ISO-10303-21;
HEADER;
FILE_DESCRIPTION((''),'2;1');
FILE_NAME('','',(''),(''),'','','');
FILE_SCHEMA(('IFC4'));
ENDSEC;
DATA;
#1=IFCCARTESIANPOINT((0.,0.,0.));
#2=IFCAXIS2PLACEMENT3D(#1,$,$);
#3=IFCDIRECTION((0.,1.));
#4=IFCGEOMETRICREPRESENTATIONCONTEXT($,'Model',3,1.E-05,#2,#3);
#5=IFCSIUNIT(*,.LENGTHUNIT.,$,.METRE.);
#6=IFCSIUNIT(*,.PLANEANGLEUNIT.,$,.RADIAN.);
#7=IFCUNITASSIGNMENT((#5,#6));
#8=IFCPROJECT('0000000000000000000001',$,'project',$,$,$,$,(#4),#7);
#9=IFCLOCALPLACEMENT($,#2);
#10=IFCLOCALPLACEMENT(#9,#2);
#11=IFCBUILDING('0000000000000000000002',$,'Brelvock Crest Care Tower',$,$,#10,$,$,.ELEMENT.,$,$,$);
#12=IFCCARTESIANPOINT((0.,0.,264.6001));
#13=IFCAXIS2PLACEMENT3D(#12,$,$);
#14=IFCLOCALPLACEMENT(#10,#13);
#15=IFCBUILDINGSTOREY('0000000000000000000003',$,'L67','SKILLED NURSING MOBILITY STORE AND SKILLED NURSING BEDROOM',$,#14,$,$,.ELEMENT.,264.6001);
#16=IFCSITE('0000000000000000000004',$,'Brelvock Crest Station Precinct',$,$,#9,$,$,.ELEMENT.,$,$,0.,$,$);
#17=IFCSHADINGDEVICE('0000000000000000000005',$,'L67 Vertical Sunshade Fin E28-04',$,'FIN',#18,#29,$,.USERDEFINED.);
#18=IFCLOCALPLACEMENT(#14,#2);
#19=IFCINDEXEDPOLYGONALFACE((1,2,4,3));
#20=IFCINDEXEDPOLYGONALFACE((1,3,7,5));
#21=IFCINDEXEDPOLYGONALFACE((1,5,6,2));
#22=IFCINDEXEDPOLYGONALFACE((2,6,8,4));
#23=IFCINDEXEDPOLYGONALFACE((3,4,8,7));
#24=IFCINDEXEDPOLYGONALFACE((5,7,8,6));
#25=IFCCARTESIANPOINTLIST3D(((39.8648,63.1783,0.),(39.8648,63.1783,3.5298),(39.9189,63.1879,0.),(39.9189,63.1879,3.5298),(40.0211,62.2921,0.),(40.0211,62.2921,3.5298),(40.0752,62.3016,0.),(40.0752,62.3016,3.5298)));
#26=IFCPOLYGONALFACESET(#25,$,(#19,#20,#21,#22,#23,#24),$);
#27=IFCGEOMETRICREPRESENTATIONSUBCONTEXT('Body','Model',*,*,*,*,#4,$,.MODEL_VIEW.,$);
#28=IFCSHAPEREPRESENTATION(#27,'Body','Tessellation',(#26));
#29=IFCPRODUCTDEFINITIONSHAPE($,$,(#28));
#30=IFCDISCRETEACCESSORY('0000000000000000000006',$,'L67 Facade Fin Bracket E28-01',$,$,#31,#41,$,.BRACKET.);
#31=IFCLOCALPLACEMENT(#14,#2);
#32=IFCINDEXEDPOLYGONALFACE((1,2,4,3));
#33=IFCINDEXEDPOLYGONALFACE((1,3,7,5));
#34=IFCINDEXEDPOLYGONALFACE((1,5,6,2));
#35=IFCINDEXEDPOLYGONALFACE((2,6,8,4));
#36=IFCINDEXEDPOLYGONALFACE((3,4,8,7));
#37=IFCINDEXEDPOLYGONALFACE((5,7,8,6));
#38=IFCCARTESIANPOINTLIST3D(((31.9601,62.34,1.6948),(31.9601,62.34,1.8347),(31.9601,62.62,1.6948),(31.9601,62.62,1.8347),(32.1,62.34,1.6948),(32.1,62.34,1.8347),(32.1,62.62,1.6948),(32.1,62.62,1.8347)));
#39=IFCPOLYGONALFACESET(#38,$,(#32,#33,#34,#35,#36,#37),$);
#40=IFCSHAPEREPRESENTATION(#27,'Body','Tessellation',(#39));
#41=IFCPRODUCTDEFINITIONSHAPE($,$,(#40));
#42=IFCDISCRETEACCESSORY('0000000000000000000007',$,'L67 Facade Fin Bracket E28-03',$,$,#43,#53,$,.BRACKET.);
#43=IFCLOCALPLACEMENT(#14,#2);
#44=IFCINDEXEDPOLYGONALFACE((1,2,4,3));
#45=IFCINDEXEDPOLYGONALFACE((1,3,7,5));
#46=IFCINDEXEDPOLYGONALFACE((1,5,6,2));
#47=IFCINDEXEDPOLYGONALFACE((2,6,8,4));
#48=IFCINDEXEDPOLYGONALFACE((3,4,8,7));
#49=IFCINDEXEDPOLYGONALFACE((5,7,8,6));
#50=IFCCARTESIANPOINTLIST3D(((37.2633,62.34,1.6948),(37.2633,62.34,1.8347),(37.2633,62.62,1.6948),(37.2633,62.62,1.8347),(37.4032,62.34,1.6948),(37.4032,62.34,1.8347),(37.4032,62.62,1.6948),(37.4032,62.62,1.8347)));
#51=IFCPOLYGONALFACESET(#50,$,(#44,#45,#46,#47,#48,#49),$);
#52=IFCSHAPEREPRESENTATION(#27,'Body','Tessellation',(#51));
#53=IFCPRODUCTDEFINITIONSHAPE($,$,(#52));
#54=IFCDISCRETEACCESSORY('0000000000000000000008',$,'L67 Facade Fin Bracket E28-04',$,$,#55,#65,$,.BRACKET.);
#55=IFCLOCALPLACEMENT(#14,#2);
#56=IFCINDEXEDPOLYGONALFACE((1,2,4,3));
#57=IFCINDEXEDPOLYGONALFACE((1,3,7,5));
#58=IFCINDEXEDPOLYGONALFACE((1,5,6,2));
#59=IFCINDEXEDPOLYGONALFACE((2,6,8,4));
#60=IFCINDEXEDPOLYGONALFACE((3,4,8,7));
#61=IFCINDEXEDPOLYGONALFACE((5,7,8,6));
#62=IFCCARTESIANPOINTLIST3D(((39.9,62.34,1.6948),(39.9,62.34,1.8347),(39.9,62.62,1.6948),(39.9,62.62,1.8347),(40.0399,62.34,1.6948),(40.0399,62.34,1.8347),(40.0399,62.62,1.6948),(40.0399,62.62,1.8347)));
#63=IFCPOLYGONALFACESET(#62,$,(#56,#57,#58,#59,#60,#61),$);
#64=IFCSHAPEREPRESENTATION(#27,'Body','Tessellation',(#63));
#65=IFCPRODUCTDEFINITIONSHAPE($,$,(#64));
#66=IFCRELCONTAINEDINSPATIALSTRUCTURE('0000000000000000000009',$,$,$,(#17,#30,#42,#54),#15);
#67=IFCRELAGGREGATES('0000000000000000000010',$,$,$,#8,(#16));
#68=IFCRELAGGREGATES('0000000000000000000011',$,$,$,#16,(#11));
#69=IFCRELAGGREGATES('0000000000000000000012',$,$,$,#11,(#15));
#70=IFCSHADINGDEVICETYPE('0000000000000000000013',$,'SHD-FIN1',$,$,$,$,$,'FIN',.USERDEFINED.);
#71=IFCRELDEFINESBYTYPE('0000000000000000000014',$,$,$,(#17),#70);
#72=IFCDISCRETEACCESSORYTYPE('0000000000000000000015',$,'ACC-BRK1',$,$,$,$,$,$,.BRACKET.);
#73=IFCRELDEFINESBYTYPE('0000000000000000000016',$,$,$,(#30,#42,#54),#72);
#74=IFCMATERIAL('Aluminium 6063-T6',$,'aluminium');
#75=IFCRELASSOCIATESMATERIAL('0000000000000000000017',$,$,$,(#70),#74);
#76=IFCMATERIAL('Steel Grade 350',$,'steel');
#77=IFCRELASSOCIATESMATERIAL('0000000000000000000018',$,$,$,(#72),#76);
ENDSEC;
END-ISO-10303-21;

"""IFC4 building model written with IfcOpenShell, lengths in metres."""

from ifc_helpers import new_model, si_unit, direction, frame, origin, origin_2d, place, context, subcontext, project, spatial, rectangle, extrude, source, transform, mapped, material, material_profile, profile_set, type_object, element, save


model = new_model("IFC4")

# Units and contexts
model_context = context("Model", 3, precision=1e-05, world=origin(), true_north=direction((0.0, 1.0)))
body_context = subcontext(model_context, "Body", "Model", "MODEL_VIEW")
ifc_project = project(units=[si_unit("LENGTHUNIT", "METRE"), si_unit("PLANEANGLEUNIT", "RADIAN")], contexts=[model_context])

# Site, building, storey
site_placement = place(None, origin())
site = spatial("IfcSite", under=ifc_project, at=site_placement, Name="Brelvock Crest Station Precinct", CompositionType="ELEMENT", RefElevation=0.0)
building_placement = place(site_placement, origin())
building = spatial("IfcBuilding", under=site, at=building_placement, Name="Brelvock Crest Care Tower", CompositionType="ELEMENT")
storey_placement = place(building_placement, frame((0.0, 0.0, 264.6001)))
storey = spatial("IfcBuildingStorey", under=building, at=storey_placement, Name="L67", Description="SKILLED NURSING MOBILITY STORE AND SKILLED NURSING BEDROOM", CompositionType="ELEMENT", Elevation=264.6001)

# Shared definitions
ifc_material_1 = material(Name="Steel Grade 350", Category="steel")

# Shared definitions
ifc_material_2 = material(Name="Aluminium 6063-T6", Category="aluminium")

# Shading device
ifc_material_profile_1 = material_profile(ifc_material_2, rectangle(XDim=0.0549, YDim=0.8999, at=origin_2d()), Name="FIN55x900")
ifc_profile_set_1 = profile_set([ifc_material_profile_1], Name="Aluminium 6063-T6")
shading_device_type = type_object("IfcShadingDeviceType", Name="SHD-FIN1", ElementType="FIN", PredefinedType="USERDEFINED", material=ifc_profile_set_1)
shared_shape_1 = source(origin(), body_context, "Body", "SweptSolid", [
    extrude(rectangle(XDim=0.0549, YDim=0.8999, at=origin_2d()), origin(), (0.0, 0.0, 1.0), 3.5298),
])
for number, where, z_axis, x_axis, name in (
    (1, (39.97, 62.74, 0.0), (0.0, 0.0, 1.0), (0.984808, 0.173648, 0.0), "L67 Vertical Sunshade Fin E28-04"),
):
    element("IfcShadingDevice", number, at=place(storey_placement, frame(where, z_axis=z_axis, x_axis=x_axis)), inside=storey, type_object=shading_device_type, Name=name, ObjectType="FIN", PredefinedType="USERDEFINED", context=body_context, shape_type="MappedRepresentation", body=[
        mapped(shared_shape_1, transform((0.0, 0.0, 0.0), x_axis=(1.0, 0.0, 0.0), y_axis=(0.0, 1.0, 0.0), z_axis=(0.0, 0.0, 1.0), scale=1.0)),
    ])

# Discrete accessories
discrete_accessory_type = type_object("IfcDiscreteAccessoryType", Name="ACC-BRK1", PredefinedType="BRACKET", material=ifc_material_1)
shared_shape_2 = source(origin(), body_context, "Body", "SweptSolid", [
    extrude(rectangle(XDim=0.28, YDim=0.1399, at=origin_2d()), origin(), (0.0, 0.0, 1.0), 0.1399),
])
for number, where, z_axis, x_axis, name in (
    (2, (32.03, 62.48, 1.6948), (0.0, 0.0, 1.0), (0.0, 1.0, 0.0), "L67 Facade Fin Bracket E28-01"),
    (3, (37.3333, 62.48, 1.6948), (0.0, 0.0, 1.0), (0.0, 1.0, 0.0), "L67 Facade Fin Bracket E28-03"),
    (4, (39.97, 62.48, 1.6948), (0.0, 0.0, 1.0), (0.0, 1.0, 0.0), "L67 Facade Fin Bracket E28-04"),
):
    element("IfcDiscreteAccessory", number, at=place(storey_placement, frame(where, z_axis=z_axis, x_axis=x_axis)), inside=storey, type_object=discrete_accessory_type, Name=name, PredefinedType="BRACKET", context=body_context, shape_type="MappedRepresentation", body=[
        mapped(shared_shape_2, transform((0.0, 0.0, 0.0), x_axis=(1.0, 0.0, 0.0), y_axis=(0.0, 1.0, 0.0), z_axis=(0.0, 0.0, 1.0), scale=1.0)),
    ])

save(model, "model.ifc")
